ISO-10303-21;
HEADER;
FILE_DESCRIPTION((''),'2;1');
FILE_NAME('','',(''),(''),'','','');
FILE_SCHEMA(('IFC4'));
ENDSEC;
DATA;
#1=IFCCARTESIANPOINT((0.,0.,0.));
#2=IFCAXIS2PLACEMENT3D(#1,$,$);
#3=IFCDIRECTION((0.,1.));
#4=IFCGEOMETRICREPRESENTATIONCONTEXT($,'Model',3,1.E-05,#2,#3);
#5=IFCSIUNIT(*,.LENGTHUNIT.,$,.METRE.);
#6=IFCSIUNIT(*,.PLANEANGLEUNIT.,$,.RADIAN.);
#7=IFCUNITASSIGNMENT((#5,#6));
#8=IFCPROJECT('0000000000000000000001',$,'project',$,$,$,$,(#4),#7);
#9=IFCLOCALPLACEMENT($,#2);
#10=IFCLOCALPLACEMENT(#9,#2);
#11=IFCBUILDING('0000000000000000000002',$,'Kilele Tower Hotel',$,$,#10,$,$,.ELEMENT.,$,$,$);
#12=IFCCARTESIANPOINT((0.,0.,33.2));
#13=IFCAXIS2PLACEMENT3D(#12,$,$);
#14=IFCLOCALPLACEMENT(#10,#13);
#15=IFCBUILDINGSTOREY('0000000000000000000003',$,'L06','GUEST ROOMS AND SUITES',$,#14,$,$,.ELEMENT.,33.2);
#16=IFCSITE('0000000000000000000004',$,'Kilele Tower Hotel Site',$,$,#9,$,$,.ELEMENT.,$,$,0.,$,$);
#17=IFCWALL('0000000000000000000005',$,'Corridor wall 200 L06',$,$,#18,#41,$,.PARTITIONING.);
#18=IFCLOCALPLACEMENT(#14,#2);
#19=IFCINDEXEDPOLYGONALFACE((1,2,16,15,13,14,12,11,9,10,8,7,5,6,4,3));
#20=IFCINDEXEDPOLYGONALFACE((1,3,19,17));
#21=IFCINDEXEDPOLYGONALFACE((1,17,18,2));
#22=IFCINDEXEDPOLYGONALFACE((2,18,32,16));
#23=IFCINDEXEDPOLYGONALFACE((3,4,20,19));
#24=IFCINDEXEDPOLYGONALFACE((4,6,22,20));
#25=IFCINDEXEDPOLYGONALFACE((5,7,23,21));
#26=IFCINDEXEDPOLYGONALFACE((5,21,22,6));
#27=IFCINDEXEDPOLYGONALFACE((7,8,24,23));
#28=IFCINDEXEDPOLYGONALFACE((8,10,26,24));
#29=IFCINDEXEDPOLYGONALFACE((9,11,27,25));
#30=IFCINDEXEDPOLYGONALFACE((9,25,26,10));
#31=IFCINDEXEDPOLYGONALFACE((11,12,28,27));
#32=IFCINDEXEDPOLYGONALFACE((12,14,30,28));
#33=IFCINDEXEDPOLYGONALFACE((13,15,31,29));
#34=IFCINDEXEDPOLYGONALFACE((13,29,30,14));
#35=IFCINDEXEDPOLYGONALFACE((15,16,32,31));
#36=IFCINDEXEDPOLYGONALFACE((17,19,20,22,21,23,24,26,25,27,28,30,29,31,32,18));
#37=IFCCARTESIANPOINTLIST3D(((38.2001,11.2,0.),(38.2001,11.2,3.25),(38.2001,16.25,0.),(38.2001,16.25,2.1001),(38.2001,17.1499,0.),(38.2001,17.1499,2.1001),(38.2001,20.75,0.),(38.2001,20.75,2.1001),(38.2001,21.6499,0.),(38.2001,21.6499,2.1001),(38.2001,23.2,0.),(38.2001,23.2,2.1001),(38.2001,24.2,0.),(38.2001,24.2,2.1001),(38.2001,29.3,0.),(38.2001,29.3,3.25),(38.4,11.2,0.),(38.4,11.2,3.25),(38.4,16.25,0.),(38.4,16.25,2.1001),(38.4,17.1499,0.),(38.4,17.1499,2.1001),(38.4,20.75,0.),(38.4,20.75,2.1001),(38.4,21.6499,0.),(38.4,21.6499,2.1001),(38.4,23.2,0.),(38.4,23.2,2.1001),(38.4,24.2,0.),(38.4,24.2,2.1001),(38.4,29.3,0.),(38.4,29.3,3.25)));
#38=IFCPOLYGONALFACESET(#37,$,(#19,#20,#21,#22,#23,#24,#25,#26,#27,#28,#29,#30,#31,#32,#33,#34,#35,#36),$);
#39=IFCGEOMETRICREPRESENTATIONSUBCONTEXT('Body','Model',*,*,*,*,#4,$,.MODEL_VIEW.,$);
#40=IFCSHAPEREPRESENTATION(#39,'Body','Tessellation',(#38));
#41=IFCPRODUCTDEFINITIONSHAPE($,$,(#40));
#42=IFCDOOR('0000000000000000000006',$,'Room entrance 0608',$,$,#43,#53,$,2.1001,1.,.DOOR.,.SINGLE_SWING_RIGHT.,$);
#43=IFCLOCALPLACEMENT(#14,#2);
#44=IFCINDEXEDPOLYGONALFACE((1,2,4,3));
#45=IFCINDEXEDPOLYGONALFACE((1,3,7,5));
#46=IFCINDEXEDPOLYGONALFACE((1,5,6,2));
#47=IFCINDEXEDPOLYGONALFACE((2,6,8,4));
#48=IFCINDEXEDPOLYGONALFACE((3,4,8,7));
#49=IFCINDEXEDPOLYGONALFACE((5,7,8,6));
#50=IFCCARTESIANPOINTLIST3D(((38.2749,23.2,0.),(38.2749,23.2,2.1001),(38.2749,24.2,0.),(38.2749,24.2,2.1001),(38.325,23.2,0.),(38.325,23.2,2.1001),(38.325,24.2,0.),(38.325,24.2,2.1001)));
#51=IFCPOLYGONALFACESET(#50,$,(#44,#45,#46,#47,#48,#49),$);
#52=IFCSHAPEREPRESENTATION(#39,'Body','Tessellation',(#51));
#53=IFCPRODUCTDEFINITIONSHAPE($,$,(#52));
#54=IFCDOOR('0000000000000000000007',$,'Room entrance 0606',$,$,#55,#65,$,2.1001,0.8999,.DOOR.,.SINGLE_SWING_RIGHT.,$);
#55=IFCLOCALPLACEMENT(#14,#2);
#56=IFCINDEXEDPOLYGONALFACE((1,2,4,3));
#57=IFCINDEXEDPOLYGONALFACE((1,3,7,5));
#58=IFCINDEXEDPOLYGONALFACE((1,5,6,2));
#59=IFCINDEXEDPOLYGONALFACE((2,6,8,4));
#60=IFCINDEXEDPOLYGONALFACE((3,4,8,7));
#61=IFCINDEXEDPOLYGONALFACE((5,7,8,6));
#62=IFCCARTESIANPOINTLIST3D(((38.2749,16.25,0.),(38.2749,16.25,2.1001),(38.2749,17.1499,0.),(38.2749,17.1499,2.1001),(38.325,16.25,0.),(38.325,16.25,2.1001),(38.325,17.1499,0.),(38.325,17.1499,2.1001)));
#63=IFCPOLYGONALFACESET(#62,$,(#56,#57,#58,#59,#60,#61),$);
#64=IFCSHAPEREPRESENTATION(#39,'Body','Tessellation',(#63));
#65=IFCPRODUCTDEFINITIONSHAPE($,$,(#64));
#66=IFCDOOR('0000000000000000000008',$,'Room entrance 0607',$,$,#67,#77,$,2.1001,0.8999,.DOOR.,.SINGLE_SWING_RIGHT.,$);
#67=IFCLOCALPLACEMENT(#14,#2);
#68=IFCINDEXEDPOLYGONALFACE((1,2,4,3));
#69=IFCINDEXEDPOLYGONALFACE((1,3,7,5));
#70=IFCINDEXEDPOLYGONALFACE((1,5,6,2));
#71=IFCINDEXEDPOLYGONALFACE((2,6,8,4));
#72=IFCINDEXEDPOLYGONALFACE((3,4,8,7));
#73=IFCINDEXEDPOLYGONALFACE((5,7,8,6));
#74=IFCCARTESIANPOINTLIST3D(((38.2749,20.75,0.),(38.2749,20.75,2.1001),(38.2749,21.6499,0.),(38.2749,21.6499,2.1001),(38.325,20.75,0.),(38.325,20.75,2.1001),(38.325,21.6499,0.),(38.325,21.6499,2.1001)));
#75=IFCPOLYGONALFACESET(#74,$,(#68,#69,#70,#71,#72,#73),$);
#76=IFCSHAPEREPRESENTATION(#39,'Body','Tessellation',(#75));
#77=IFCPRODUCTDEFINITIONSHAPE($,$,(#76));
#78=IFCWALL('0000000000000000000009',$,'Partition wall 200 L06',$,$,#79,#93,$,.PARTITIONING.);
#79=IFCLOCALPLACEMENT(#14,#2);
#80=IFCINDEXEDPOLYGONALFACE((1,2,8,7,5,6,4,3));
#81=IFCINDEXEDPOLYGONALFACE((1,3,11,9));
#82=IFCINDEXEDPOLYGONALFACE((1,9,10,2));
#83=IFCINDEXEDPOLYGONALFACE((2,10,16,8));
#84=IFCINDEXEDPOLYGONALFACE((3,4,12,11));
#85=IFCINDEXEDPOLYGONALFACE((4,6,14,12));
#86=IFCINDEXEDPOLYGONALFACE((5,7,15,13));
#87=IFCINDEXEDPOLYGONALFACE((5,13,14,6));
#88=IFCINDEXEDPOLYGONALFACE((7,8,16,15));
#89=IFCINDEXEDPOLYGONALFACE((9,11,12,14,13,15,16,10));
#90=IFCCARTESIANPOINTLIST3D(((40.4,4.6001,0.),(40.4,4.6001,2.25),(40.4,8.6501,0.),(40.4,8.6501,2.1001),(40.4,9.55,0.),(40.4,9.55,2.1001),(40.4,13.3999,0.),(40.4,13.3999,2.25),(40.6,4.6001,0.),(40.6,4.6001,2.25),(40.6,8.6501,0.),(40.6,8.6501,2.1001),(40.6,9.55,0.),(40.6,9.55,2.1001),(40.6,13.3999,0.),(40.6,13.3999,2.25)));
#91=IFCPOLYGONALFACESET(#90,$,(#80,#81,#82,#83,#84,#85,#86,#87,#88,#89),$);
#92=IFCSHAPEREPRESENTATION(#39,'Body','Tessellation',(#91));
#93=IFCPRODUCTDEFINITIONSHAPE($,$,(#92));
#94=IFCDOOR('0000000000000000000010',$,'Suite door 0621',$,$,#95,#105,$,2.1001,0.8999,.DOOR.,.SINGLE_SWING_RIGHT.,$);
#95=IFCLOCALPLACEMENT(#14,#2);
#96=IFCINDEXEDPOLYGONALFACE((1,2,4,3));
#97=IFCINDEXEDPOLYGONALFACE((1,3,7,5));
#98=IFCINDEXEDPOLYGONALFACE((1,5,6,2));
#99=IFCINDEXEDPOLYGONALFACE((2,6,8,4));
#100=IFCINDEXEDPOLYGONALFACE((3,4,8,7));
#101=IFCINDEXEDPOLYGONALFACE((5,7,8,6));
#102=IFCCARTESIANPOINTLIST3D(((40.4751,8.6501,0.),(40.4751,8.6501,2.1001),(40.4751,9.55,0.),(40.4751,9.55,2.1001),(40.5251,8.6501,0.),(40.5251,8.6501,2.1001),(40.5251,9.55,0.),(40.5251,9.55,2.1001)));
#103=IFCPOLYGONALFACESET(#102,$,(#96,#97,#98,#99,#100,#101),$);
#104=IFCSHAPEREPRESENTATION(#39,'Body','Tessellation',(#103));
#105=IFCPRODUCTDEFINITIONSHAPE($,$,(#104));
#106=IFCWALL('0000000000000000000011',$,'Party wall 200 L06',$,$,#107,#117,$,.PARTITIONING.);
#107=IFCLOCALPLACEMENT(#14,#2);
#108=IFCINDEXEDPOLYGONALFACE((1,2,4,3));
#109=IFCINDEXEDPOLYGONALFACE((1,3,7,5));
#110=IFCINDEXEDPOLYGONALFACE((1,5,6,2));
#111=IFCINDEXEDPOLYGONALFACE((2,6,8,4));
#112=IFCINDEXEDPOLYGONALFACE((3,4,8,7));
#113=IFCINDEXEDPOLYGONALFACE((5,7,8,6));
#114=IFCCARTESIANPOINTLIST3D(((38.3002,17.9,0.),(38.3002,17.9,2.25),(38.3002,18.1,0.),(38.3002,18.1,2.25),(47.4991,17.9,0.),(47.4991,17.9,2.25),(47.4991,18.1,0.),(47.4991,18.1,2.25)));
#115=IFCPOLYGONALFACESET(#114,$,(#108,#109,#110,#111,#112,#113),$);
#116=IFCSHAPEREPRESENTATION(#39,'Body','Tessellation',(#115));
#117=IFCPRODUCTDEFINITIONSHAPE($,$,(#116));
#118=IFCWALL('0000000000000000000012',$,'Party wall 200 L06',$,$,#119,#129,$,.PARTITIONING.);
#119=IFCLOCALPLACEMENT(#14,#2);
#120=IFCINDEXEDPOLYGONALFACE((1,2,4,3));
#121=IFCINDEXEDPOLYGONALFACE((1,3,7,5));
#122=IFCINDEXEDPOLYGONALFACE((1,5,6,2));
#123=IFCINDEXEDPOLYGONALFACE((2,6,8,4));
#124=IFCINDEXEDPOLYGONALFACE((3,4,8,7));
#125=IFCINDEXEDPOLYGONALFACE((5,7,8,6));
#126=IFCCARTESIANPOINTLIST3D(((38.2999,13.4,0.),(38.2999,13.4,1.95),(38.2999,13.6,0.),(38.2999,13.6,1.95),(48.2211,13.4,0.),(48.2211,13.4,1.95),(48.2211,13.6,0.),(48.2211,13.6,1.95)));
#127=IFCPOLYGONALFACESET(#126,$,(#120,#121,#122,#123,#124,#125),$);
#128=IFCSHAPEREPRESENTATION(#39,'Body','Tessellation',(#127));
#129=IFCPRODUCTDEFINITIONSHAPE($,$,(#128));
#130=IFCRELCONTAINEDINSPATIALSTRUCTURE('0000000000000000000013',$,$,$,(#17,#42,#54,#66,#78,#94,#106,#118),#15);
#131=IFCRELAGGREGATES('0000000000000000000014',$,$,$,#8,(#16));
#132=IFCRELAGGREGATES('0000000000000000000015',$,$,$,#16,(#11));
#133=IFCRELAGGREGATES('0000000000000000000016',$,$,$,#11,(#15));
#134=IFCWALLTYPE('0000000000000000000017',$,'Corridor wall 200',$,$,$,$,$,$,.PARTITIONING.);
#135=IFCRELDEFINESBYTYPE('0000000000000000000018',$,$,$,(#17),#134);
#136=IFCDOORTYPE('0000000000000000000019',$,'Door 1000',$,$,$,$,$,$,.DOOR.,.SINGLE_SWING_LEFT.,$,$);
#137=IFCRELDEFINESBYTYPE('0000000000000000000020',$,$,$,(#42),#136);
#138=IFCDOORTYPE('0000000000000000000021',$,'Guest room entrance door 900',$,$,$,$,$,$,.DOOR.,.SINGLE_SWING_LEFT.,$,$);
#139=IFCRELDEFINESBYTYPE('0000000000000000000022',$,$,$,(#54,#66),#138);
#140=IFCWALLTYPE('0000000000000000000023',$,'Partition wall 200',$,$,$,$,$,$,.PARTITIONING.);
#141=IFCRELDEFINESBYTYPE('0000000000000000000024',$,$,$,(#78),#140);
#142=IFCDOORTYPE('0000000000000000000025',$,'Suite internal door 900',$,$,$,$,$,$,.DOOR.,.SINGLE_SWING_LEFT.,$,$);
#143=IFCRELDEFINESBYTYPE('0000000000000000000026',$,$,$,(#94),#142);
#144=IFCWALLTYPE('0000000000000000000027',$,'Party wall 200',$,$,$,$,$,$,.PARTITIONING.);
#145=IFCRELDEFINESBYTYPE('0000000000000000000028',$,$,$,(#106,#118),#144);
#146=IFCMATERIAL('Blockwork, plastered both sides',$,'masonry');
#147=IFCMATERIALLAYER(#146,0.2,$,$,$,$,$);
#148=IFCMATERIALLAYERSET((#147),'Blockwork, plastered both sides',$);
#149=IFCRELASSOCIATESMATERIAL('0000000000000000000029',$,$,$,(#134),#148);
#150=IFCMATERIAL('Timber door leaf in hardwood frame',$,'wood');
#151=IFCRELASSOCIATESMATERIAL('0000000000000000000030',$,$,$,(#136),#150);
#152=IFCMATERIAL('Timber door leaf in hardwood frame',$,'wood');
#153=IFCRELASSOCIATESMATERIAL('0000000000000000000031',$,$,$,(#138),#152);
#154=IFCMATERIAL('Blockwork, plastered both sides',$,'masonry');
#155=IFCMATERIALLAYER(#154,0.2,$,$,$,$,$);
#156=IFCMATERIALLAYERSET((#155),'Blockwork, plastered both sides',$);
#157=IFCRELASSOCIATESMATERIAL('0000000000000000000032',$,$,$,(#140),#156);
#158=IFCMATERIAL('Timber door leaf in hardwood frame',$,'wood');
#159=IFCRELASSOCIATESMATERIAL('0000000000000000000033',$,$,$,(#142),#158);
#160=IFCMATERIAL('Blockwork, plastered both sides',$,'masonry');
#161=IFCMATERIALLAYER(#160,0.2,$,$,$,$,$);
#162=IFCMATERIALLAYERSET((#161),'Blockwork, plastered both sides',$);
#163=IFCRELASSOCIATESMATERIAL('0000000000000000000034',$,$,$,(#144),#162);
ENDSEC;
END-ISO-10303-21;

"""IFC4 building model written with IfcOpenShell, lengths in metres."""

from ifc_helpers import new_model, si_unit, direction, frame, frame_2d, origin, place, context, subcontext, project, spatial, rectangle, extrude, material, layer, layer_set, type_object, element, fill, save


model = new_model("IFC4")

# Units and contexts
model_context = context("Model", 3, precision=1e-05, world=origin(), true_north=direction((0.0, 1.0)))
body_context = subcontext(model_context, "Body", "Model", "MODEL_VIEW")
ifc_project = project(units=[si_unit("LENGTHUNIT", "METRE"), si_unit("PLANEANGLEUNIT", "RADIAN")], contexts=[model_context])

# Site, building, storey
site_placement = place(None, origin())
site = spatial("IfcSite", under=ifc_project, at=site_placement, Name="Kilele Tower Hotel Site", CompositionType="ELEMENT", RefElevation=0.0)
building_placement = place(site_placement, origin())
building = spatial("IfcBuilding", under=site, at=building_placement, Name="Kilele Tower Hotel", CompositionType="ELEMENT")
storey_placement = place(building_placement, frame((0.0, 0.0, 33.2)))
storey = spatial("IfcBuildingStorey", under=building, at=storey_placement, Name="L06", Description="GUEST ROOMS AND SUITES", CompositionType="ELEMENT", Elevation=33.2)

# Wall, openings, doors
ifc_material_1 = material(Name="Blockwork, plastered both sides", Category="masonry")
ifc_layer_1 = layer(ifc_material_1, 0.2)
ifc_layer_set_1 = layer_set([ifc_layer_1], Name="Blockwork, plastered both sides")
wall_type_1 = type_object("IfcWallType", Name="Corridor wall 200", PredefinedType="PARTITIONING", material=ifc_layer_set_1)
wall_1_placement = place(storey_placement, frame((38.3, 11.2, 0.0), z_axis=(0.0, 0.0, 1.0), x_axis=(0.0, 1.0, 0.0)))
wall_1 = element("IfcWall", 1, at=wall_1_placement, inside=storey, type_object=wall_type_1, Name="Corridor wall 200 L06", PredefinedType="PARTITIONING", context=body_context, shape_type="SweptSolid", body=[
    extrude(rectangle(XDim=18.1001, YDim=0.2, at=frame_2d((9.05, 0.0))), origin(), (0.0, 0.0, 1.0), 3.25),
])
opening_1_placement = place(wall_1_placement, frame((5.95, 0.0, 0.0), z_axis=(0.0, 0.0, 1.0), x_axis=(-1.0, 0.0, 0.0)))
opening_1 = element("IfcOpeningElement", 2, at=opening_1_placement, cuts=wall_1, PredefinedType="OPENING", context=body_context, shape_type="SweptSolid", body=[
    extrude(rectangle(XDim=0.8999, YDim=2.1001, at=frame_2d((0.45, 1.05))), frame((0.0, 0.1099, 0.0), z_axis=(0.0, -1.0, 0.0), x_axis=(1.0, 0.0, 0.0)), (0.0, 0.0, 1.0), 0.22),
])
opening_2_placement = place(wall_1_placement, frame((10.45, 0.0, 0.0), z_axis=(0.0, 0.0, 1.0), x_axis=(-1.0, 0.0, 0.0)))
opening_2 = element("IfcOpeningElement", 3, at=opening_2_placement, cuts=wall_1, PredefinedType="OPENING", context=body_context, shape_type="SweptSolid", body=[
    extrude(rectangle(XDim=0.8999, YDim=2.1001, at=frame_2d((0.45, 1.05))), frame((0.0, 0.1099, 0.0), z_axis=(0.0, -1.0, 0.0), x_axis=(1.0, 0.0, 0.0)), (0.0, 0.0, 1.0), 0.22),
])
opening_3_placement = place(wall_1_placement, frame((13.0, 0.0, 0.0), z_axis=(0.0, 0.0, 1.0), x_axis=(-1.0, 0.0, 0.0)))
opening_3 = element("IfcOpeningElement", 4, at=opening_3_placement, cuts=wall_1, PredefinedType="OPENING", context=body_context, shape_type="SweptSolid", body=[
    extrude(rectangle(XDim=1.0, YDim=2.1001, at=frame_2d((0.5, 1.05))), frame((0.0, 0.1099, 0.0), z_axis=(0.0, -1.0, 0.0), x_axis=(1.0, 0.0, 0.0)), (0.0, 0.0, 1.0), 0.22),
])
ifc_material_2 = material(Name="Timber door leaf in hardwood frame", Category="wood")
door_type_1 = type_object("IfcDoorType", Name="Door 1000", OperationType="SINGLE_SWING_LEFT", PredefinedType="DOOR", material=ifc_material_2)
door_1_placement = place(opening_3_placement, origin())
door_1 = element("IfcDoor", 5, at=door_1_placement, inside=storey, type_object=door_type_1, Name="Room entrance 0608", OperationType="SINGLE_SWING_RIGHT", OverallHeight=2.1001, OverallWidth=1.0, PredefinedType="DOOR", context=body_context, shape_type="SweptSolid", body=[
    extrude(rectangle(XDim=1.0, YDim=2.1001, at=frame_2d((0.5, 1.05))), frame((0.0, 0.0249, 0.0), z_axis=(0.0, -1.0, 0.0), x_axis=(1.0, 0.0, 0.0)), (0.0, 0.0, 1.0), 0.05),
])
fill(opening_3, door_1)
ifc_material_3 = material(Name="Timber door leaf in hardwood frame", Category="wood")
door_type_2 = type_object("IfcDoorType", Name="Guest room entrance door 900", OperationType="SINGLE_SWING_LEFT", PredefinedType="DOOR", material=ifc_material_3)
door_2_placement = place(opening_1_placement, origin())
door_2 = element("IfcDoor", 6, at=door_2_placement, inside=storey, type_object=door_type_2, Name="Room entrance 0606", OperationType="SINGLE_SWING_RIGHT", OverallHeight=2.1001, OverallWidth=0.8999, PredefinedType="DOOR", context=body_context, shape_type="SweptSolid", body=[
    extrude(rectangle(XDim=0.8999, YDim=2.1001, at=frame_2d((0.45, 1.05))), frame((0.0, 0.0249, 0.0), z_axis=(0.0, -1.0, 0.0), x_axis=(1.0, 0.0, 0.0)), (0.0, 0.0, 1.0), 0.05),
])
fill(opening_1, door_2)
door_3_placement = place(opening_2_placement, origin())
door_3 = element("IfcDoor", 7, at=door_3_placement, inside=storey, type_object=door_type_2, Name="Room entrance 0607", OperationType="SINGLE_SWING_RIGHT", OverallHeight=2.1001, OverallWidth=0.8999, PredefinedType="DOOR", context=body_context, shape_type="SweptSolid", body=[
    extrude(rectangle(XDim=0.8999, YDim=2.1001, at=frame_2d((0.45, 1.05))), frame((0.0, 0.0249, 0.0), z_axis=(0.0, -1.0, 0.0), x_axis=(1.0, 0.0, 0.0)), (0.0, 0.0, 1.0), 0.05),
])
fill(opening_2, door_3)

# Wall, opening, door
ifc_material_4 = material(Name="Blockwork, plastered both sides", Category="masonry")
ifc_layer_2 = layer(ifc_material_4, 0.2)
ifc_layer_set_2 = layer_set([ifc_layer_2], Name="Blockwork, plastered both sides")
wall_type_2 = type_object("IfcWallType", Name="Partition wall 200", PredefinedType="PARTITIONING", material=ifc_layer_set_2)
wall_2_placement = place(storey_placement, frame((40.5, 4.6001, 0.0), z_axis=(0.0, 0.0, 1.0), x_axis=(0.0, 1.0, 0.0)))
wall_2 = element("IfcWall", 8, at=wall_2_placement, inside=storey, type_object=wall_type_2, Name="Partition wall 200 L06", PredefinedType="PARTITIONING", context=body_context, shape_type="SweptSolid", body=[
    extrude(rectangle(XDim=8.7998, YDim=0.2, at=frame_2d((4.3999, 0.0))), origin(), (0.0, 0.0, 1.0), 2.25),
])
opening_4_placement = place(wall_2_placement, frame((4.05, 0.0, 0.0)))
opening_4 = element("IfcOpeningElement", 9, at=opening_4_placement, cuts=wall_2, PredefinedType="OPENING", context=body_context, shape_type="SweptSolid", body=[
    extrude(rectangle(XDim=0.8999, YDim=2.1001, at=frame_2d((0.45, 1.05))), frame((0.0, 0.1099, 0.0), z_axis=(0.0, -1.0, 0.0), x_axis=(1.0, 0.0, 0.0)), (0.0, 0.0, 1.0), 0.22),
])
ifc_material_5 = material(Name="Timber door leaf in hardwood frame", Category="wood")
door_type_3 = type_object("IfcDoorType", Name="Suite internal door 900", OperationType="SINGLE_SWING_LEFT", PredefinedType="DOOR", material=ifc_material_5)
door_4_placement = place(opening_4_placement, origin())
door_4 = element("IfcDoor", 10, at=door_4_placement, inside=storey, type_object=door_type_3, Name="Suite door 0621", OperationType="SINGLE_SWING_RIGHT", OverallHeight=2.1001, OverallWidth=0.8999, PredefinedType="DOOR", context=body_context, shape_type="SweptSolid", body=[
    extrude(rectangle(XDim=0.8999, YDim=2.1001, at=frame_2d((0.45, 1.05))), frame((0.0, 0.0249, 0.0), z_axis=(0.0, -1.0, 0.0), x_axis=(1.0, 0.0, 0.0)), (0.0, 0.0, 1.0), 0.05),
])
fill(opening_4, door_4)

# Walls
ifc_material_6 = material(Name="Blockwork, plastered both sides", Category="masonry")
ifc_layer_3 = layer(ifc_material_6, 0.2)
ifc_layer_set_3 = layer_set([ifc_layer_3], Name="Blockwork, plastered both sides")
wall_type_3 = type_object("IfcWallType", Name="Party wall 200", PredefinedType="PARTITIONING", material=ifc_layer_set_3)
wall_3_placement = place(storey_placement, frame((38.3, 18.0, 0.0), z_axis=(0.0, 0.0, 1.0), x_axis=(1.0, 0.0, 0.0)))
element("IfcWall", 11, at=wall_3_placement, inside=storey, type_object=wall_type_3, Name="Party wall 200 L06", PredefinedType="PARTITIONING", context=body_context, shape_type="SweptSolid", body=[
    extrude(rectangle(XDim=9.199, YDim=0.2, at=frame_2d((4.5996, 0.0))), origin(), (0.0, 0.0, 1.0), 2.25),
])
wall_4_placement = place(storey_placement, frame((38.3, 13.5, 0.0), z_axis=(0.0, 0.0, 1.0), x_axis=(1.0, 0.0, 0.0)))
element("IfcWall", 12, at=wall_4_placement, inside=storey, type_object=wall_type_3, Name="Party wall 200 L06", PredefinedType="PARTITIONING", context=body_context, shape_type="SweptSolid", body=[
    extrude(rectangle(XDim=9.9211, YDim=0.2, at=frame_2d((4.9604, 0.0))), origin(), (0.0, 0.0, 1.0), 1.95),
])

save(model, "model.ifc")
